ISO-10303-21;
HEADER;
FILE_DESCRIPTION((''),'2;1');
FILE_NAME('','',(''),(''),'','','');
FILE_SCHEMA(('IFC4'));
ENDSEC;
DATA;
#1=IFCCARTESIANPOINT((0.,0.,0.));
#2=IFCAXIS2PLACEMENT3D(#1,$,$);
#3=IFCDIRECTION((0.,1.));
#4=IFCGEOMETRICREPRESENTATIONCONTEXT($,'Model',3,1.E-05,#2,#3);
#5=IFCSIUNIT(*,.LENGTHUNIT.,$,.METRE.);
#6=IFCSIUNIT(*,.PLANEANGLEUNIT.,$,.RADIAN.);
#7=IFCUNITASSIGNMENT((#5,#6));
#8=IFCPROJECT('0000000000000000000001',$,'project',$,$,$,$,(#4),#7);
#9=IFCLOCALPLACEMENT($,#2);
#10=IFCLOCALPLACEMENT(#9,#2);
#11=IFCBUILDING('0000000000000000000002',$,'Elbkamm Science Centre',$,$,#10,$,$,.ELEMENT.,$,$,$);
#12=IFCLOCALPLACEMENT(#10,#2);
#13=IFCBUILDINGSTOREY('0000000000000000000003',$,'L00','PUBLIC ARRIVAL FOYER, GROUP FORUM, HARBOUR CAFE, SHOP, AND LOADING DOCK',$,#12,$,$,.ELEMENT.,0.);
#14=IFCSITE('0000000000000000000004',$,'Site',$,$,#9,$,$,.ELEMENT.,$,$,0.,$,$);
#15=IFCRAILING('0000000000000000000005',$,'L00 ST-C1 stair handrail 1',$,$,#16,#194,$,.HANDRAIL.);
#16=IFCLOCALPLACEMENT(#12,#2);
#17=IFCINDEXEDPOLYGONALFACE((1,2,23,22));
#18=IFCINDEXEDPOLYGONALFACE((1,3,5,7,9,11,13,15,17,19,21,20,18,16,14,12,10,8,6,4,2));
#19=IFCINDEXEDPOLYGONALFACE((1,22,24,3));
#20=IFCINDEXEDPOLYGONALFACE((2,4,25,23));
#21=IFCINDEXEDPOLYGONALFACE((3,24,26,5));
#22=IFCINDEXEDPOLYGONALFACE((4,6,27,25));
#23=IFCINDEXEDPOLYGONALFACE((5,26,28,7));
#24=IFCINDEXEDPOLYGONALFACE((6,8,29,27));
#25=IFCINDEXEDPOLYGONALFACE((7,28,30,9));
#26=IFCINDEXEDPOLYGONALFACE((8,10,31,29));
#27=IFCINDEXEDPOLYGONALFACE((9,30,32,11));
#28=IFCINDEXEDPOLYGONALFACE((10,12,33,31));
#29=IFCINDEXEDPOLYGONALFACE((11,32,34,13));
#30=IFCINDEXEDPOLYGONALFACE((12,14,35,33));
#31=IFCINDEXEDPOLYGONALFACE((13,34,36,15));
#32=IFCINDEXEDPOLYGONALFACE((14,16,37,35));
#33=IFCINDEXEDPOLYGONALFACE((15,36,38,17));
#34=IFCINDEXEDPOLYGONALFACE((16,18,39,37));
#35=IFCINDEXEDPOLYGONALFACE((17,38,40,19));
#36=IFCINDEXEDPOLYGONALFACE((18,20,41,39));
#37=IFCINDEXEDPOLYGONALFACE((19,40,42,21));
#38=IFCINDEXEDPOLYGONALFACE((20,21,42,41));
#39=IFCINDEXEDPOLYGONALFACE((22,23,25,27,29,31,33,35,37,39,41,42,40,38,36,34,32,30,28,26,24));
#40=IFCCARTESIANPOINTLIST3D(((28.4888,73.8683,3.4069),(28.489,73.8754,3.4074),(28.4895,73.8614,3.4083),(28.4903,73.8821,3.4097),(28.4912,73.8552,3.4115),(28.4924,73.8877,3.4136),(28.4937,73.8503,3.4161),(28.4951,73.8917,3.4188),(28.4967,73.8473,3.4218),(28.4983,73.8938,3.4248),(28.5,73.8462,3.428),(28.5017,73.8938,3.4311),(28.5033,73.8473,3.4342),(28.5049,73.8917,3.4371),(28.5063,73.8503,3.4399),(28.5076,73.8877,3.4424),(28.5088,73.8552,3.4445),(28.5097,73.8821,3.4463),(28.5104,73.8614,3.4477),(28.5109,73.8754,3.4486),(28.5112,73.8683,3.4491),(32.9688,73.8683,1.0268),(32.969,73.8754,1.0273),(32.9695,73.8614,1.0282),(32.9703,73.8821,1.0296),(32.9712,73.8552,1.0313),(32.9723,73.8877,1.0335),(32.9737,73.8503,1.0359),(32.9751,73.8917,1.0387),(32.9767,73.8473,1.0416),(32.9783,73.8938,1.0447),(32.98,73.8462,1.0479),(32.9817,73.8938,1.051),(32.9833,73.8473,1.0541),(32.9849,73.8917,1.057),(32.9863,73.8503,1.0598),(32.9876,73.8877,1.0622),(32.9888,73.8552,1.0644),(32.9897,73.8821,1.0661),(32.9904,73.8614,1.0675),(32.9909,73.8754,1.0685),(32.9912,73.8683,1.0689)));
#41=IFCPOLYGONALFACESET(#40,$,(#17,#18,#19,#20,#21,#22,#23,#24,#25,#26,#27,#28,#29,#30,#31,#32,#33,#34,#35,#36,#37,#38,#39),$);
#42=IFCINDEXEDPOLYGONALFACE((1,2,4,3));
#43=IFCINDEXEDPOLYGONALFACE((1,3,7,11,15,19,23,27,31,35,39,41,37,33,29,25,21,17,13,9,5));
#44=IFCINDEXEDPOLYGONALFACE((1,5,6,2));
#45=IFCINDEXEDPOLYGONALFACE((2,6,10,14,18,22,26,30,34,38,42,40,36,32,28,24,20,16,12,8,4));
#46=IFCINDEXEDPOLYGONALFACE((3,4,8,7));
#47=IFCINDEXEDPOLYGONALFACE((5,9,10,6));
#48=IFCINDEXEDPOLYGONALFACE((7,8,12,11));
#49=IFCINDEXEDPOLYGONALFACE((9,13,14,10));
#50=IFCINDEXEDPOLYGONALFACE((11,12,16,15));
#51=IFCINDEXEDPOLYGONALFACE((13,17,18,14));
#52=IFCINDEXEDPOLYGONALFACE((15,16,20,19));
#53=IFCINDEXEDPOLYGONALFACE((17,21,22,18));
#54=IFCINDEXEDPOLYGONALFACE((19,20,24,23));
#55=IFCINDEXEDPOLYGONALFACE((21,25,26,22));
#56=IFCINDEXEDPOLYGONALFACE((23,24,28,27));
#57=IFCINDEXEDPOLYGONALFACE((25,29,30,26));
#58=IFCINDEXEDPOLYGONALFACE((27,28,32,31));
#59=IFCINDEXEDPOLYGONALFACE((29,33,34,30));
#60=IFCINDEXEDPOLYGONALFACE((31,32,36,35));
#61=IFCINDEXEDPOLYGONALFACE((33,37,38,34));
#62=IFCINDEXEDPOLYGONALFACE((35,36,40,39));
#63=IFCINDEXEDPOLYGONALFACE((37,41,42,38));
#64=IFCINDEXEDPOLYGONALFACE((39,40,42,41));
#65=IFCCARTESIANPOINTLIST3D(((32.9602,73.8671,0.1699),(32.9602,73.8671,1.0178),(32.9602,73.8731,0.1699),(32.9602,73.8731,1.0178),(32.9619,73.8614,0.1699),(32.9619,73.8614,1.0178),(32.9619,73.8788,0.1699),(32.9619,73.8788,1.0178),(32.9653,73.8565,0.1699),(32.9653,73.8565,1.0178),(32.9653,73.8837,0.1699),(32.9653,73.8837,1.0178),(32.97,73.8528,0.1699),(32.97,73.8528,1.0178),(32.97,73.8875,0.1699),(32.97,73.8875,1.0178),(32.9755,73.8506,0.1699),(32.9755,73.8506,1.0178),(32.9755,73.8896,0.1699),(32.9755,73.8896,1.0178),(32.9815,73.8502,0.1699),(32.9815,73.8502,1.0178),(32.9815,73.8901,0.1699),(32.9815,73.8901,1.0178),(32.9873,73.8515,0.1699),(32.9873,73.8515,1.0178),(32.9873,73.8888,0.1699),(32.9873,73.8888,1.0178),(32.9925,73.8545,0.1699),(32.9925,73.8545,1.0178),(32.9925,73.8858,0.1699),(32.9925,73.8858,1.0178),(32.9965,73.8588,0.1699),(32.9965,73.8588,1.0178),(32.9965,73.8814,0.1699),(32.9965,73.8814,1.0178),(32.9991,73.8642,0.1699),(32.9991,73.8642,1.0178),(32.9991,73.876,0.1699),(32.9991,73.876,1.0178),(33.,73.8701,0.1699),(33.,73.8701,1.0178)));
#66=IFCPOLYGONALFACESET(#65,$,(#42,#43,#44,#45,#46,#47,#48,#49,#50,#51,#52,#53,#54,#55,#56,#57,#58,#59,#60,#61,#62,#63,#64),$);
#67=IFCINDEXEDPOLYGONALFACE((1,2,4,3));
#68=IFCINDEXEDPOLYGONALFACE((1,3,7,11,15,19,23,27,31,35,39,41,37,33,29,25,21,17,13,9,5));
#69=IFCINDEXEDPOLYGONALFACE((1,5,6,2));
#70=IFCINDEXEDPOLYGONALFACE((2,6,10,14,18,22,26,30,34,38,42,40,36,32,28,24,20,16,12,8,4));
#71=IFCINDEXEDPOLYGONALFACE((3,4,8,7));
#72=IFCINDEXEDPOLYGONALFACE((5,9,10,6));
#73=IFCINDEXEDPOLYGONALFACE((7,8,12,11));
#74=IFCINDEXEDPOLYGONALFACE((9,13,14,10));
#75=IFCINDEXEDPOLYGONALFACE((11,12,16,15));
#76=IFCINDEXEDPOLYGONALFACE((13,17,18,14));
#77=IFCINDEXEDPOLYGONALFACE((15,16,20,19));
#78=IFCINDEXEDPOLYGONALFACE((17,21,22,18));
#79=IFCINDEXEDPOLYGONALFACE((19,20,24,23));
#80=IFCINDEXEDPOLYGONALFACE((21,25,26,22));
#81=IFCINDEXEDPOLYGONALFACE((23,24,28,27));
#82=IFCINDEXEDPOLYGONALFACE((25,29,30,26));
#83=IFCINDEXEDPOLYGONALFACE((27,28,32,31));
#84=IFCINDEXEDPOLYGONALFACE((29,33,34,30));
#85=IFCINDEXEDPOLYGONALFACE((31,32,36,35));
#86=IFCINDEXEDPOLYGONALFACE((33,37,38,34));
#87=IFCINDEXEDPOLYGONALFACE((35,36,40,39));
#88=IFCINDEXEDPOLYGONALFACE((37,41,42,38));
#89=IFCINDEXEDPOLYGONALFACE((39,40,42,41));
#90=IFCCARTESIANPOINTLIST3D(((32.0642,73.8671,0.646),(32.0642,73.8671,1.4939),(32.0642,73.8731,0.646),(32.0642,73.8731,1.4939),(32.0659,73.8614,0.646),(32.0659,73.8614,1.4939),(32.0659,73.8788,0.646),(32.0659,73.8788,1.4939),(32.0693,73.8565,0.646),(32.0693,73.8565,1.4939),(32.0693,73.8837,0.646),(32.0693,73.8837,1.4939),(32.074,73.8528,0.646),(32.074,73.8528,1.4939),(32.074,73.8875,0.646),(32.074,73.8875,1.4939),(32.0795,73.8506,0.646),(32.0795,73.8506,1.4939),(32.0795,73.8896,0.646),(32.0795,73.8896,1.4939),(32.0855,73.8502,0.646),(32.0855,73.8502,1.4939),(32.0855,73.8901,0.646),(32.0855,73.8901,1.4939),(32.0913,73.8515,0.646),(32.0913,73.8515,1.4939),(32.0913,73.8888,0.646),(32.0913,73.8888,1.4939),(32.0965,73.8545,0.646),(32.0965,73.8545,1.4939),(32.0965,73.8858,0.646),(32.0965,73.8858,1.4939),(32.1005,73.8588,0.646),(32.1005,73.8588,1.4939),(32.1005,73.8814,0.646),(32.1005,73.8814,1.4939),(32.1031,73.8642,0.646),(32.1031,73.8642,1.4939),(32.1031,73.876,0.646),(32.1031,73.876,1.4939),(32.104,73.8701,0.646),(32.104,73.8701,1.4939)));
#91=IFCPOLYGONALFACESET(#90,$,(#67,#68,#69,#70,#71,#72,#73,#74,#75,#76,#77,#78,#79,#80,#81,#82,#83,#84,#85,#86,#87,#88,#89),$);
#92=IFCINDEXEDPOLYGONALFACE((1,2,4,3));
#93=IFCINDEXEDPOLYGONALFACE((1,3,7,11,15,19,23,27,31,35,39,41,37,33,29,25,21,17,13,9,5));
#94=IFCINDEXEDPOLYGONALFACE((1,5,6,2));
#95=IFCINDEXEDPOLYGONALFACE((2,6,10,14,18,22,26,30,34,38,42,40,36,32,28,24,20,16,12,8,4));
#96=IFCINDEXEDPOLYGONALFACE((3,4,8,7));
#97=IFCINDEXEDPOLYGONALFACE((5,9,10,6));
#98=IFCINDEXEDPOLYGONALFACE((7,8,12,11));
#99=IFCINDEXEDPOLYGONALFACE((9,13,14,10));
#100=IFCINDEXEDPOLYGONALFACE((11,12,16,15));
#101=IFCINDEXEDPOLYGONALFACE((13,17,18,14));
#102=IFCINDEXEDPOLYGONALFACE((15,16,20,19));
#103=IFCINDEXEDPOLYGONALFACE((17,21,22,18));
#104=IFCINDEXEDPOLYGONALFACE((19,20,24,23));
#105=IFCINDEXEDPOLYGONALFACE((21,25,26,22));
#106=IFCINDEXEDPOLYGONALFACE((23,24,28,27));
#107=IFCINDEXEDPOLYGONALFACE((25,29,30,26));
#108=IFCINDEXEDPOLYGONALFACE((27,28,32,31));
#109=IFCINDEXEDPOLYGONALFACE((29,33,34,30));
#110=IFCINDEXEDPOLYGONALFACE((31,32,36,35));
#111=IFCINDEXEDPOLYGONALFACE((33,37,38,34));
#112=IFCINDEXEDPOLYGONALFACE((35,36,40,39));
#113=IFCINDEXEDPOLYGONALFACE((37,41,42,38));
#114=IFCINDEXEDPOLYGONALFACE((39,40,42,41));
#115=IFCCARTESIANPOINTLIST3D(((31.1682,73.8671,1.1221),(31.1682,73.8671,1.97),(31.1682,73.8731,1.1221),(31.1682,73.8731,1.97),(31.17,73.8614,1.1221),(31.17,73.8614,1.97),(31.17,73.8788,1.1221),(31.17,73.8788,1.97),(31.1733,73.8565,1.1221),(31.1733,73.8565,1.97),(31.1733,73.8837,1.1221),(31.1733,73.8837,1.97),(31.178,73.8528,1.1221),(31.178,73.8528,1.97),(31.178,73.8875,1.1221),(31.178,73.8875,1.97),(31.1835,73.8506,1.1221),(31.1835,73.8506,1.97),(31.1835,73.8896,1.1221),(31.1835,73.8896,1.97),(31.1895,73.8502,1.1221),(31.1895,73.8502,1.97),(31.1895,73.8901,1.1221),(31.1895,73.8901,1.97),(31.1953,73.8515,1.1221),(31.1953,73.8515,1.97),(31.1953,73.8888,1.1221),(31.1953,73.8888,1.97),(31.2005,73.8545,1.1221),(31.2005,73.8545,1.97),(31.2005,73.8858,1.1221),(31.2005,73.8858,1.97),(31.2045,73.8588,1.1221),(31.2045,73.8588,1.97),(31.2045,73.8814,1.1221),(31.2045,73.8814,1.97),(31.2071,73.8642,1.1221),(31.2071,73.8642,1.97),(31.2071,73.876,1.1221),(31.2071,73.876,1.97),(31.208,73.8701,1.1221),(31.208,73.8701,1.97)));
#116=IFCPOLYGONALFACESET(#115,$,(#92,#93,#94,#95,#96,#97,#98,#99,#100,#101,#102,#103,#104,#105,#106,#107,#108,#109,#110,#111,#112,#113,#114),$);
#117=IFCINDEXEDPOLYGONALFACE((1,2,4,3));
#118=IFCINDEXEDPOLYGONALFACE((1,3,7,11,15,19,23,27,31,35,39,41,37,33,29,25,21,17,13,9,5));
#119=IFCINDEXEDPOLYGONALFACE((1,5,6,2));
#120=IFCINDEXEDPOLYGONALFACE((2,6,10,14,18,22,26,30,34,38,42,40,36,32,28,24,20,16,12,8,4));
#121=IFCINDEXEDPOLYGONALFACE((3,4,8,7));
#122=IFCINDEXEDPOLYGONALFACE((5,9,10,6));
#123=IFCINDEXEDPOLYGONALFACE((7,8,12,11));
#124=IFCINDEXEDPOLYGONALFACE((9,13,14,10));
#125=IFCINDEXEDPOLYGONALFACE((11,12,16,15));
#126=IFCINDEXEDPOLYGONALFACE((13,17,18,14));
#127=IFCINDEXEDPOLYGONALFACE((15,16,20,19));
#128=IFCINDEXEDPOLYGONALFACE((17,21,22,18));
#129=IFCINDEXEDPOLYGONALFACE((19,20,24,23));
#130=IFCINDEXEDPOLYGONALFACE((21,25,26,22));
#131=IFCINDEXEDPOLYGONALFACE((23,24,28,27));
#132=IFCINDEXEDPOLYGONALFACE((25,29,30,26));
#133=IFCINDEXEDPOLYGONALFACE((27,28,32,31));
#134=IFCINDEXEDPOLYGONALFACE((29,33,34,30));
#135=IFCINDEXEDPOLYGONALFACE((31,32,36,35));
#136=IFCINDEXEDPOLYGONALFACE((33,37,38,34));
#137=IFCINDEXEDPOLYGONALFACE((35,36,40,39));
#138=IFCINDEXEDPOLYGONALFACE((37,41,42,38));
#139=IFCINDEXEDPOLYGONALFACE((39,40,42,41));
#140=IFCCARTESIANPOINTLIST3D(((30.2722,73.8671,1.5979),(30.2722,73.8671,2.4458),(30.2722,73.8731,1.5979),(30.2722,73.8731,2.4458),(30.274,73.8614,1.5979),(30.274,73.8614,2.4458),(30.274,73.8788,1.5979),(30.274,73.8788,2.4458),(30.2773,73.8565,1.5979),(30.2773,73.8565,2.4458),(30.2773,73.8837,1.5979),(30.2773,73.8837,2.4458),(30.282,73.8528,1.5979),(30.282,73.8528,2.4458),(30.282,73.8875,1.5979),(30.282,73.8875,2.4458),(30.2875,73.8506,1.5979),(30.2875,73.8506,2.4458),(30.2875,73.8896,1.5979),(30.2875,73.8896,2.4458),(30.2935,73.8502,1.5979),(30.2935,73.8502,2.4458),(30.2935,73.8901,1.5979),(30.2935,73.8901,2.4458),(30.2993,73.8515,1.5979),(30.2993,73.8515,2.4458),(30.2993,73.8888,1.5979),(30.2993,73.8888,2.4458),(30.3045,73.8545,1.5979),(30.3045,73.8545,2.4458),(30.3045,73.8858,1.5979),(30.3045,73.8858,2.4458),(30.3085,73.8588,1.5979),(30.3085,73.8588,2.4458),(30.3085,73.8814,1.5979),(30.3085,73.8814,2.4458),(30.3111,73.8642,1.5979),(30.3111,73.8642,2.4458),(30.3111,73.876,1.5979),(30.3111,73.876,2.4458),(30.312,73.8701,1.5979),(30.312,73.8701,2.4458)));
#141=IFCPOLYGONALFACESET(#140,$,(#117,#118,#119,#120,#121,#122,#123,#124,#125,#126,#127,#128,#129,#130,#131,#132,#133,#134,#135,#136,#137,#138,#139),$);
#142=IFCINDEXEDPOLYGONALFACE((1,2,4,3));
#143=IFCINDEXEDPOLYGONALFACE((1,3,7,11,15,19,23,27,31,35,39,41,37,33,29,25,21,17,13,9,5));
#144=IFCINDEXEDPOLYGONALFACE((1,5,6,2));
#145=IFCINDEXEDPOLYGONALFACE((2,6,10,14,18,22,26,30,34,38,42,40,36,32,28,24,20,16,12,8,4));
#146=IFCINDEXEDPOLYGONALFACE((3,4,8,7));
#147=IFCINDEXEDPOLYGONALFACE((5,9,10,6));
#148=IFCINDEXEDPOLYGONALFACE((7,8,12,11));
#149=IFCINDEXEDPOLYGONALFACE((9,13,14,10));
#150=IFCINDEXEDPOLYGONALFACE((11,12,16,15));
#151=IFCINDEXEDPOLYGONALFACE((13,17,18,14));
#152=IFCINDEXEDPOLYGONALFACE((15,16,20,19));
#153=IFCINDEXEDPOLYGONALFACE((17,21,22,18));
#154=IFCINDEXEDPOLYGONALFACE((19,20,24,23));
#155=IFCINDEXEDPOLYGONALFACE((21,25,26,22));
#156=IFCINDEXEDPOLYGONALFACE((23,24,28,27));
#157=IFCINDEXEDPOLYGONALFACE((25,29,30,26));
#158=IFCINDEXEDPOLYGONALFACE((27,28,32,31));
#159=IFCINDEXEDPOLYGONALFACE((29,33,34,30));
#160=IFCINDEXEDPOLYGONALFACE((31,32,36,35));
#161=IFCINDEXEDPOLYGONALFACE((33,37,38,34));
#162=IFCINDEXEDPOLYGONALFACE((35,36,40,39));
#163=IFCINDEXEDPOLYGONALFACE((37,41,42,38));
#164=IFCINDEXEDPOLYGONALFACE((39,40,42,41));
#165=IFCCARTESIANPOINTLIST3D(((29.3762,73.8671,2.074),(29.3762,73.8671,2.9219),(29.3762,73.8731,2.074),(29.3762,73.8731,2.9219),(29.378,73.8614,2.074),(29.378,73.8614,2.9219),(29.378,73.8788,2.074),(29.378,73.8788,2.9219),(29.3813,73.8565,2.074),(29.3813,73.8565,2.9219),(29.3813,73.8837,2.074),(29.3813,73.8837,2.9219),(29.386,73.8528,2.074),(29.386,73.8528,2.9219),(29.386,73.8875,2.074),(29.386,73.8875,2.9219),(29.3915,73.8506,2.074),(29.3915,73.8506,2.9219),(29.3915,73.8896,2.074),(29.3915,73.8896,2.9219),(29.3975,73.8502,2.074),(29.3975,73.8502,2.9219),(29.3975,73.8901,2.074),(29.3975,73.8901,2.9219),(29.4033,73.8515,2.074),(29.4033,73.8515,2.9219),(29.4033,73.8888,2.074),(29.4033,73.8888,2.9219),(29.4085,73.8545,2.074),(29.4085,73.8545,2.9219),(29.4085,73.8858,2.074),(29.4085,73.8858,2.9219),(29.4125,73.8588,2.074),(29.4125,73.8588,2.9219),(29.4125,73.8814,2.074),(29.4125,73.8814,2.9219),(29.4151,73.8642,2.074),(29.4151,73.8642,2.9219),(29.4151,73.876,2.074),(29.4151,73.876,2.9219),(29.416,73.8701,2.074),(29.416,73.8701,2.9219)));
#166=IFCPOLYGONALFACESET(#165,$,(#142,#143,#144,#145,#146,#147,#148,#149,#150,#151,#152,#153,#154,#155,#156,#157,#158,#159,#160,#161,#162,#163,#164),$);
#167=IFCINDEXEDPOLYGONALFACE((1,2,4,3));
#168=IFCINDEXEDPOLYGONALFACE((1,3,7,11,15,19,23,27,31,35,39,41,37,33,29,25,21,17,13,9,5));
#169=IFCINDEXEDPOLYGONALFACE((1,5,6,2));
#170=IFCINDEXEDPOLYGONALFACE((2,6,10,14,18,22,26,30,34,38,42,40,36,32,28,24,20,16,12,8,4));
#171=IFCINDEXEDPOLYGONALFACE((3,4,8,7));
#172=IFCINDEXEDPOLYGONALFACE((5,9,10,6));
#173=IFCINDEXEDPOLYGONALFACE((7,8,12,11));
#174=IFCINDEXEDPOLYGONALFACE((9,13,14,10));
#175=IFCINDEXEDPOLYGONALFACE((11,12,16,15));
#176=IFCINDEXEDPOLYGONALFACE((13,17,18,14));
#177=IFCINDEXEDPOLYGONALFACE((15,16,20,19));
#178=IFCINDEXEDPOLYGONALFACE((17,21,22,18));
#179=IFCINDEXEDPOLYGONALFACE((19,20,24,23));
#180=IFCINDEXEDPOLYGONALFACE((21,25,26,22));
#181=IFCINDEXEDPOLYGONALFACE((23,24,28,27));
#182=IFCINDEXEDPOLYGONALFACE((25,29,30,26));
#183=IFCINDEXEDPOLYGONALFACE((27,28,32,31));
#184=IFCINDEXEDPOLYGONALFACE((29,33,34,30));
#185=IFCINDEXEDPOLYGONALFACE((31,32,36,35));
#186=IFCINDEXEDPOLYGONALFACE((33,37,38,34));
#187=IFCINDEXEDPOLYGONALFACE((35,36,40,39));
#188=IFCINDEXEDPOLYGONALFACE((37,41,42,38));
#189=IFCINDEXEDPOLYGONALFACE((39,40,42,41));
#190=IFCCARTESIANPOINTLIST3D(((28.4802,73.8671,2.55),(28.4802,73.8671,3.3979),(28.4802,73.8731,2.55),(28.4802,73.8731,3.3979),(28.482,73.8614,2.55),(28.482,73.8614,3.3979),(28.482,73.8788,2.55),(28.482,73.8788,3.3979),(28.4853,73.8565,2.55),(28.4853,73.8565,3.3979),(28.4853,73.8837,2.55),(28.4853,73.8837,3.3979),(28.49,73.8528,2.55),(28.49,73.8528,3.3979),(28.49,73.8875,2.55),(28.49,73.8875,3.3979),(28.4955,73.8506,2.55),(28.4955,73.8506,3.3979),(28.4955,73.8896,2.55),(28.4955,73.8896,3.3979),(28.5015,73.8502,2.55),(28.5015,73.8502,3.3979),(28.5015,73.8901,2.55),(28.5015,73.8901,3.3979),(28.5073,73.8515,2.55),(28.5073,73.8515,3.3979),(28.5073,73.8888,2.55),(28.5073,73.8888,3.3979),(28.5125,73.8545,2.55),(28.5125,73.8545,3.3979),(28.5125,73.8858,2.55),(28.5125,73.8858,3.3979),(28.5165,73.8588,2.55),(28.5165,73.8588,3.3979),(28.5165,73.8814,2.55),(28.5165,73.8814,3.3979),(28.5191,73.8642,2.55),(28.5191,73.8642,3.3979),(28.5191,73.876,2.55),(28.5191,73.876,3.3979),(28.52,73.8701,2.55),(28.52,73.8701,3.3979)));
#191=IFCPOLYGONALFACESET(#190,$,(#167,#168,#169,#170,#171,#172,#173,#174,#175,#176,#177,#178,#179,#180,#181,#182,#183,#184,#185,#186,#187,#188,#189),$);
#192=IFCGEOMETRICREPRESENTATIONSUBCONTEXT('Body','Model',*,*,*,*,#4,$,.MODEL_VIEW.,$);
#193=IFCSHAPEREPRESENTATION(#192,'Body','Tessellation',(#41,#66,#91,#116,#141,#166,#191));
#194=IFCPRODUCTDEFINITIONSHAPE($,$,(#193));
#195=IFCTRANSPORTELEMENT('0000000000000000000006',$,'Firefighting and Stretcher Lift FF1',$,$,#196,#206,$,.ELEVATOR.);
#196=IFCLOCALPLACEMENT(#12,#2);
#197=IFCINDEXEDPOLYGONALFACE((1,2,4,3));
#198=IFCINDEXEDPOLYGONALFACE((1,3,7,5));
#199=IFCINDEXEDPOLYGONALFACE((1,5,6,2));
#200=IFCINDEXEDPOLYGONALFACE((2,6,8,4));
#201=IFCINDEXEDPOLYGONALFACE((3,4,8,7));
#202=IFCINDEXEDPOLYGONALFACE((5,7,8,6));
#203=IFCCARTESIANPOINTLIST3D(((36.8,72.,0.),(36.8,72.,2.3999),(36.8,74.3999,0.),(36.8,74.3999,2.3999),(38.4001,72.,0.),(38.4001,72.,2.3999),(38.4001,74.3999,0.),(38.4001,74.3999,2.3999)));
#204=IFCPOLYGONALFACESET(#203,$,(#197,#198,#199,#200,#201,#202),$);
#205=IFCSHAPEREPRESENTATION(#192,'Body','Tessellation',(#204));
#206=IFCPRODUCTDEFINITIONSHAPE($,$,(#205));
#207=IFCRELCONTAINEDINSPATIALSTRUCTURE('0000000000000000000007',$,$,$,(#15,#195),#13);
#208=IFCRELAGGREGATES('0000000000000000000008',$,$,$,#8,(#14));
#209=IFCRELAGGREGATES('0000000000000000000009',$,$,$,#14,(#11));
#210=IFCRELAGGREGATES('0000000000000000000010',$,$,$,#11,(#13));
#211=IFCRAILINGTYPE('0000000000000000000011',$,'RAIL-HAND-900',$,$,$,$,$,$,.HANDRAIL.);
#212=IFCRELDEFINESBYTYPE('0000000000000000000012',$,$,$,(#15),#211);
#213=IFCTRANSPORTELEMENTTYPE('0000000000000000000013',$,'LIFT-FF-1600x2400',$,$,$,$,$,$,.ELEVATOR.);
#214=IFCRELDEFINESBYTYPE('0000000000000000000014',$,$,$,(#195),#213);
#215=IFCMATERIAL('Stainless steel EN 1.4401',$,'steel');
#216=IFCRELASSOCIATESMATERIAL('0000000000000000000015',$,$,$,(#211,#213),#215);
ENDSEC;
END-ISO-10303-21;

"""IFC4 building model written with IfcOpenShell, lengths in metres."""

from ifc_helpers import new_model, si_unit, direction, frame, origin, origin_2d, place, context, subcontext, project, spatial, rectangle, circle, extrude, material, type_object, element, save


model = new_model("IFC4")

# Units and contexts
model_context = context("Model", 3, precision=1e-05, world=origin(), true_north=direction((0.0, 1.0)))
body_context = subcontext(model_context, "Body", "Model", "MODEL_VIEW")
ifc_project = project(units=[si_unit("LENGTHUNIT", "METRE"), si_unit("PLANEANGLEUNIT", "RADIAN")], contexts=[model_context])

# Site, building, storey
site_placement = place(None, origin())
site = spatial("IfcSite", under=ifc_project, at=site_placement, Name="Site", CompositionType="ELEMENT", RefElevation=0.0)
building_placement = place(site_placement, origin())
building = spatial("IfcBuilding", under=site, at=building_placement, Name="Elbkamm Science Centre", CompositionType="ELEMENT")
storey_placement = place(building_placement, origin())
storey = spatial("IfcBuildingStorey", under=building, at=storey_placement, Name="L00", Description="PUBLIC ARRIVAL FOYER, GROUP FORUM, HARBOUR CAFE, SHOP, AND LOADING DOCK", CompositionType="ELEMENT", Elevation=0.0)

# Railing
ifc_material_1 = material(Name="Stainless steel EN 1.4401", Category="steel")
railing_type_1 = type_object("IfcRailingType", Name="RAIL-HAND-900", PredefinedType="HANDRAIL", material=ifc_material_1)
railing_1_placement = place(storey_placement, frame((32.98, 73.8701, 0.1699)))
element("IfcRailing", 1, at=railing_1_placement, inside=storey, type_object=railing_type_1, Name="L00 ST-C1 stair handrail 1", PredefinedType="HANDRAIL", context=body_context, shape_type="SweptSolid", body=[
    extrude(circle(Radius=0.0239, at=origin_2d()), frame((0.0, 0.0, 0.8779), z_axis=(-0.883105, 0.0, 0.469176), x_axis=(0.0, -1.0, 0.0)), (0.0, 0.0, 1.0), 5.073),
    extrude(circle(Radius=0.02, at=origin_2d()), origin(), (0.0, 0.0, 1.0), 0.8479),
    extrude(circle(Radius=0.02, at=origin_2d()), frame((-0.896, 0.0, 0.4761)), (0.0, 0.0, 1.0), 0.8479),
    extrude(circle(Radius=0.02, at=origin_2d()), frame((-1.792, 0.0, 0.9521)), (0.0, 0.0, 1.0), 0.8479),
    extrude(circle(Radius=0.02, at=origin_2d()), frame((-2.688, 0.0, 1.428)), (0.0, 0.0, 1.0), 0.8479),
    extrude(circle(Radius=0.02, at=origin_2d()), frame((-3.584, 0.0, 1.9041)), (0.0, 0.0, 1.0), 0.8479),
    extrude(circle(Radius=0.02, at=origin_2d()), frame((-4.48, 0.0, 2.3801)), (0.0, 0.0, 1.0), 0.8479),
])

# Transport element
transport_element_type = type_object("IfcTransportElementType", Name="LIFT-FF-1600x2400", PredefinedType="ELEVATOR", material=ifc_material_1)
transport_element_placement = place(storey_placement, frame((37.6001, 73.2, 0.0), z_axis=(0.0, 0.0, 1.0), x_axis=(1.0, 0.0, 0.0)))
element("IfcTransportElement", 2, at=transport_element_placement, inside=storey, type_object=transport_element_type, Name="Firefighting and Stretcher Lift FF1", PredefinedType="ELEVATOR", context=body_context, shape_type="SweptSolid", body=[
    extrude(rectangle(XDim=1.6001, YDim=2.3999, at=origin_2d()), origin(), (0.0, 0.0, 1.0), 2.3999),
])

save(model, "model.ifc")
